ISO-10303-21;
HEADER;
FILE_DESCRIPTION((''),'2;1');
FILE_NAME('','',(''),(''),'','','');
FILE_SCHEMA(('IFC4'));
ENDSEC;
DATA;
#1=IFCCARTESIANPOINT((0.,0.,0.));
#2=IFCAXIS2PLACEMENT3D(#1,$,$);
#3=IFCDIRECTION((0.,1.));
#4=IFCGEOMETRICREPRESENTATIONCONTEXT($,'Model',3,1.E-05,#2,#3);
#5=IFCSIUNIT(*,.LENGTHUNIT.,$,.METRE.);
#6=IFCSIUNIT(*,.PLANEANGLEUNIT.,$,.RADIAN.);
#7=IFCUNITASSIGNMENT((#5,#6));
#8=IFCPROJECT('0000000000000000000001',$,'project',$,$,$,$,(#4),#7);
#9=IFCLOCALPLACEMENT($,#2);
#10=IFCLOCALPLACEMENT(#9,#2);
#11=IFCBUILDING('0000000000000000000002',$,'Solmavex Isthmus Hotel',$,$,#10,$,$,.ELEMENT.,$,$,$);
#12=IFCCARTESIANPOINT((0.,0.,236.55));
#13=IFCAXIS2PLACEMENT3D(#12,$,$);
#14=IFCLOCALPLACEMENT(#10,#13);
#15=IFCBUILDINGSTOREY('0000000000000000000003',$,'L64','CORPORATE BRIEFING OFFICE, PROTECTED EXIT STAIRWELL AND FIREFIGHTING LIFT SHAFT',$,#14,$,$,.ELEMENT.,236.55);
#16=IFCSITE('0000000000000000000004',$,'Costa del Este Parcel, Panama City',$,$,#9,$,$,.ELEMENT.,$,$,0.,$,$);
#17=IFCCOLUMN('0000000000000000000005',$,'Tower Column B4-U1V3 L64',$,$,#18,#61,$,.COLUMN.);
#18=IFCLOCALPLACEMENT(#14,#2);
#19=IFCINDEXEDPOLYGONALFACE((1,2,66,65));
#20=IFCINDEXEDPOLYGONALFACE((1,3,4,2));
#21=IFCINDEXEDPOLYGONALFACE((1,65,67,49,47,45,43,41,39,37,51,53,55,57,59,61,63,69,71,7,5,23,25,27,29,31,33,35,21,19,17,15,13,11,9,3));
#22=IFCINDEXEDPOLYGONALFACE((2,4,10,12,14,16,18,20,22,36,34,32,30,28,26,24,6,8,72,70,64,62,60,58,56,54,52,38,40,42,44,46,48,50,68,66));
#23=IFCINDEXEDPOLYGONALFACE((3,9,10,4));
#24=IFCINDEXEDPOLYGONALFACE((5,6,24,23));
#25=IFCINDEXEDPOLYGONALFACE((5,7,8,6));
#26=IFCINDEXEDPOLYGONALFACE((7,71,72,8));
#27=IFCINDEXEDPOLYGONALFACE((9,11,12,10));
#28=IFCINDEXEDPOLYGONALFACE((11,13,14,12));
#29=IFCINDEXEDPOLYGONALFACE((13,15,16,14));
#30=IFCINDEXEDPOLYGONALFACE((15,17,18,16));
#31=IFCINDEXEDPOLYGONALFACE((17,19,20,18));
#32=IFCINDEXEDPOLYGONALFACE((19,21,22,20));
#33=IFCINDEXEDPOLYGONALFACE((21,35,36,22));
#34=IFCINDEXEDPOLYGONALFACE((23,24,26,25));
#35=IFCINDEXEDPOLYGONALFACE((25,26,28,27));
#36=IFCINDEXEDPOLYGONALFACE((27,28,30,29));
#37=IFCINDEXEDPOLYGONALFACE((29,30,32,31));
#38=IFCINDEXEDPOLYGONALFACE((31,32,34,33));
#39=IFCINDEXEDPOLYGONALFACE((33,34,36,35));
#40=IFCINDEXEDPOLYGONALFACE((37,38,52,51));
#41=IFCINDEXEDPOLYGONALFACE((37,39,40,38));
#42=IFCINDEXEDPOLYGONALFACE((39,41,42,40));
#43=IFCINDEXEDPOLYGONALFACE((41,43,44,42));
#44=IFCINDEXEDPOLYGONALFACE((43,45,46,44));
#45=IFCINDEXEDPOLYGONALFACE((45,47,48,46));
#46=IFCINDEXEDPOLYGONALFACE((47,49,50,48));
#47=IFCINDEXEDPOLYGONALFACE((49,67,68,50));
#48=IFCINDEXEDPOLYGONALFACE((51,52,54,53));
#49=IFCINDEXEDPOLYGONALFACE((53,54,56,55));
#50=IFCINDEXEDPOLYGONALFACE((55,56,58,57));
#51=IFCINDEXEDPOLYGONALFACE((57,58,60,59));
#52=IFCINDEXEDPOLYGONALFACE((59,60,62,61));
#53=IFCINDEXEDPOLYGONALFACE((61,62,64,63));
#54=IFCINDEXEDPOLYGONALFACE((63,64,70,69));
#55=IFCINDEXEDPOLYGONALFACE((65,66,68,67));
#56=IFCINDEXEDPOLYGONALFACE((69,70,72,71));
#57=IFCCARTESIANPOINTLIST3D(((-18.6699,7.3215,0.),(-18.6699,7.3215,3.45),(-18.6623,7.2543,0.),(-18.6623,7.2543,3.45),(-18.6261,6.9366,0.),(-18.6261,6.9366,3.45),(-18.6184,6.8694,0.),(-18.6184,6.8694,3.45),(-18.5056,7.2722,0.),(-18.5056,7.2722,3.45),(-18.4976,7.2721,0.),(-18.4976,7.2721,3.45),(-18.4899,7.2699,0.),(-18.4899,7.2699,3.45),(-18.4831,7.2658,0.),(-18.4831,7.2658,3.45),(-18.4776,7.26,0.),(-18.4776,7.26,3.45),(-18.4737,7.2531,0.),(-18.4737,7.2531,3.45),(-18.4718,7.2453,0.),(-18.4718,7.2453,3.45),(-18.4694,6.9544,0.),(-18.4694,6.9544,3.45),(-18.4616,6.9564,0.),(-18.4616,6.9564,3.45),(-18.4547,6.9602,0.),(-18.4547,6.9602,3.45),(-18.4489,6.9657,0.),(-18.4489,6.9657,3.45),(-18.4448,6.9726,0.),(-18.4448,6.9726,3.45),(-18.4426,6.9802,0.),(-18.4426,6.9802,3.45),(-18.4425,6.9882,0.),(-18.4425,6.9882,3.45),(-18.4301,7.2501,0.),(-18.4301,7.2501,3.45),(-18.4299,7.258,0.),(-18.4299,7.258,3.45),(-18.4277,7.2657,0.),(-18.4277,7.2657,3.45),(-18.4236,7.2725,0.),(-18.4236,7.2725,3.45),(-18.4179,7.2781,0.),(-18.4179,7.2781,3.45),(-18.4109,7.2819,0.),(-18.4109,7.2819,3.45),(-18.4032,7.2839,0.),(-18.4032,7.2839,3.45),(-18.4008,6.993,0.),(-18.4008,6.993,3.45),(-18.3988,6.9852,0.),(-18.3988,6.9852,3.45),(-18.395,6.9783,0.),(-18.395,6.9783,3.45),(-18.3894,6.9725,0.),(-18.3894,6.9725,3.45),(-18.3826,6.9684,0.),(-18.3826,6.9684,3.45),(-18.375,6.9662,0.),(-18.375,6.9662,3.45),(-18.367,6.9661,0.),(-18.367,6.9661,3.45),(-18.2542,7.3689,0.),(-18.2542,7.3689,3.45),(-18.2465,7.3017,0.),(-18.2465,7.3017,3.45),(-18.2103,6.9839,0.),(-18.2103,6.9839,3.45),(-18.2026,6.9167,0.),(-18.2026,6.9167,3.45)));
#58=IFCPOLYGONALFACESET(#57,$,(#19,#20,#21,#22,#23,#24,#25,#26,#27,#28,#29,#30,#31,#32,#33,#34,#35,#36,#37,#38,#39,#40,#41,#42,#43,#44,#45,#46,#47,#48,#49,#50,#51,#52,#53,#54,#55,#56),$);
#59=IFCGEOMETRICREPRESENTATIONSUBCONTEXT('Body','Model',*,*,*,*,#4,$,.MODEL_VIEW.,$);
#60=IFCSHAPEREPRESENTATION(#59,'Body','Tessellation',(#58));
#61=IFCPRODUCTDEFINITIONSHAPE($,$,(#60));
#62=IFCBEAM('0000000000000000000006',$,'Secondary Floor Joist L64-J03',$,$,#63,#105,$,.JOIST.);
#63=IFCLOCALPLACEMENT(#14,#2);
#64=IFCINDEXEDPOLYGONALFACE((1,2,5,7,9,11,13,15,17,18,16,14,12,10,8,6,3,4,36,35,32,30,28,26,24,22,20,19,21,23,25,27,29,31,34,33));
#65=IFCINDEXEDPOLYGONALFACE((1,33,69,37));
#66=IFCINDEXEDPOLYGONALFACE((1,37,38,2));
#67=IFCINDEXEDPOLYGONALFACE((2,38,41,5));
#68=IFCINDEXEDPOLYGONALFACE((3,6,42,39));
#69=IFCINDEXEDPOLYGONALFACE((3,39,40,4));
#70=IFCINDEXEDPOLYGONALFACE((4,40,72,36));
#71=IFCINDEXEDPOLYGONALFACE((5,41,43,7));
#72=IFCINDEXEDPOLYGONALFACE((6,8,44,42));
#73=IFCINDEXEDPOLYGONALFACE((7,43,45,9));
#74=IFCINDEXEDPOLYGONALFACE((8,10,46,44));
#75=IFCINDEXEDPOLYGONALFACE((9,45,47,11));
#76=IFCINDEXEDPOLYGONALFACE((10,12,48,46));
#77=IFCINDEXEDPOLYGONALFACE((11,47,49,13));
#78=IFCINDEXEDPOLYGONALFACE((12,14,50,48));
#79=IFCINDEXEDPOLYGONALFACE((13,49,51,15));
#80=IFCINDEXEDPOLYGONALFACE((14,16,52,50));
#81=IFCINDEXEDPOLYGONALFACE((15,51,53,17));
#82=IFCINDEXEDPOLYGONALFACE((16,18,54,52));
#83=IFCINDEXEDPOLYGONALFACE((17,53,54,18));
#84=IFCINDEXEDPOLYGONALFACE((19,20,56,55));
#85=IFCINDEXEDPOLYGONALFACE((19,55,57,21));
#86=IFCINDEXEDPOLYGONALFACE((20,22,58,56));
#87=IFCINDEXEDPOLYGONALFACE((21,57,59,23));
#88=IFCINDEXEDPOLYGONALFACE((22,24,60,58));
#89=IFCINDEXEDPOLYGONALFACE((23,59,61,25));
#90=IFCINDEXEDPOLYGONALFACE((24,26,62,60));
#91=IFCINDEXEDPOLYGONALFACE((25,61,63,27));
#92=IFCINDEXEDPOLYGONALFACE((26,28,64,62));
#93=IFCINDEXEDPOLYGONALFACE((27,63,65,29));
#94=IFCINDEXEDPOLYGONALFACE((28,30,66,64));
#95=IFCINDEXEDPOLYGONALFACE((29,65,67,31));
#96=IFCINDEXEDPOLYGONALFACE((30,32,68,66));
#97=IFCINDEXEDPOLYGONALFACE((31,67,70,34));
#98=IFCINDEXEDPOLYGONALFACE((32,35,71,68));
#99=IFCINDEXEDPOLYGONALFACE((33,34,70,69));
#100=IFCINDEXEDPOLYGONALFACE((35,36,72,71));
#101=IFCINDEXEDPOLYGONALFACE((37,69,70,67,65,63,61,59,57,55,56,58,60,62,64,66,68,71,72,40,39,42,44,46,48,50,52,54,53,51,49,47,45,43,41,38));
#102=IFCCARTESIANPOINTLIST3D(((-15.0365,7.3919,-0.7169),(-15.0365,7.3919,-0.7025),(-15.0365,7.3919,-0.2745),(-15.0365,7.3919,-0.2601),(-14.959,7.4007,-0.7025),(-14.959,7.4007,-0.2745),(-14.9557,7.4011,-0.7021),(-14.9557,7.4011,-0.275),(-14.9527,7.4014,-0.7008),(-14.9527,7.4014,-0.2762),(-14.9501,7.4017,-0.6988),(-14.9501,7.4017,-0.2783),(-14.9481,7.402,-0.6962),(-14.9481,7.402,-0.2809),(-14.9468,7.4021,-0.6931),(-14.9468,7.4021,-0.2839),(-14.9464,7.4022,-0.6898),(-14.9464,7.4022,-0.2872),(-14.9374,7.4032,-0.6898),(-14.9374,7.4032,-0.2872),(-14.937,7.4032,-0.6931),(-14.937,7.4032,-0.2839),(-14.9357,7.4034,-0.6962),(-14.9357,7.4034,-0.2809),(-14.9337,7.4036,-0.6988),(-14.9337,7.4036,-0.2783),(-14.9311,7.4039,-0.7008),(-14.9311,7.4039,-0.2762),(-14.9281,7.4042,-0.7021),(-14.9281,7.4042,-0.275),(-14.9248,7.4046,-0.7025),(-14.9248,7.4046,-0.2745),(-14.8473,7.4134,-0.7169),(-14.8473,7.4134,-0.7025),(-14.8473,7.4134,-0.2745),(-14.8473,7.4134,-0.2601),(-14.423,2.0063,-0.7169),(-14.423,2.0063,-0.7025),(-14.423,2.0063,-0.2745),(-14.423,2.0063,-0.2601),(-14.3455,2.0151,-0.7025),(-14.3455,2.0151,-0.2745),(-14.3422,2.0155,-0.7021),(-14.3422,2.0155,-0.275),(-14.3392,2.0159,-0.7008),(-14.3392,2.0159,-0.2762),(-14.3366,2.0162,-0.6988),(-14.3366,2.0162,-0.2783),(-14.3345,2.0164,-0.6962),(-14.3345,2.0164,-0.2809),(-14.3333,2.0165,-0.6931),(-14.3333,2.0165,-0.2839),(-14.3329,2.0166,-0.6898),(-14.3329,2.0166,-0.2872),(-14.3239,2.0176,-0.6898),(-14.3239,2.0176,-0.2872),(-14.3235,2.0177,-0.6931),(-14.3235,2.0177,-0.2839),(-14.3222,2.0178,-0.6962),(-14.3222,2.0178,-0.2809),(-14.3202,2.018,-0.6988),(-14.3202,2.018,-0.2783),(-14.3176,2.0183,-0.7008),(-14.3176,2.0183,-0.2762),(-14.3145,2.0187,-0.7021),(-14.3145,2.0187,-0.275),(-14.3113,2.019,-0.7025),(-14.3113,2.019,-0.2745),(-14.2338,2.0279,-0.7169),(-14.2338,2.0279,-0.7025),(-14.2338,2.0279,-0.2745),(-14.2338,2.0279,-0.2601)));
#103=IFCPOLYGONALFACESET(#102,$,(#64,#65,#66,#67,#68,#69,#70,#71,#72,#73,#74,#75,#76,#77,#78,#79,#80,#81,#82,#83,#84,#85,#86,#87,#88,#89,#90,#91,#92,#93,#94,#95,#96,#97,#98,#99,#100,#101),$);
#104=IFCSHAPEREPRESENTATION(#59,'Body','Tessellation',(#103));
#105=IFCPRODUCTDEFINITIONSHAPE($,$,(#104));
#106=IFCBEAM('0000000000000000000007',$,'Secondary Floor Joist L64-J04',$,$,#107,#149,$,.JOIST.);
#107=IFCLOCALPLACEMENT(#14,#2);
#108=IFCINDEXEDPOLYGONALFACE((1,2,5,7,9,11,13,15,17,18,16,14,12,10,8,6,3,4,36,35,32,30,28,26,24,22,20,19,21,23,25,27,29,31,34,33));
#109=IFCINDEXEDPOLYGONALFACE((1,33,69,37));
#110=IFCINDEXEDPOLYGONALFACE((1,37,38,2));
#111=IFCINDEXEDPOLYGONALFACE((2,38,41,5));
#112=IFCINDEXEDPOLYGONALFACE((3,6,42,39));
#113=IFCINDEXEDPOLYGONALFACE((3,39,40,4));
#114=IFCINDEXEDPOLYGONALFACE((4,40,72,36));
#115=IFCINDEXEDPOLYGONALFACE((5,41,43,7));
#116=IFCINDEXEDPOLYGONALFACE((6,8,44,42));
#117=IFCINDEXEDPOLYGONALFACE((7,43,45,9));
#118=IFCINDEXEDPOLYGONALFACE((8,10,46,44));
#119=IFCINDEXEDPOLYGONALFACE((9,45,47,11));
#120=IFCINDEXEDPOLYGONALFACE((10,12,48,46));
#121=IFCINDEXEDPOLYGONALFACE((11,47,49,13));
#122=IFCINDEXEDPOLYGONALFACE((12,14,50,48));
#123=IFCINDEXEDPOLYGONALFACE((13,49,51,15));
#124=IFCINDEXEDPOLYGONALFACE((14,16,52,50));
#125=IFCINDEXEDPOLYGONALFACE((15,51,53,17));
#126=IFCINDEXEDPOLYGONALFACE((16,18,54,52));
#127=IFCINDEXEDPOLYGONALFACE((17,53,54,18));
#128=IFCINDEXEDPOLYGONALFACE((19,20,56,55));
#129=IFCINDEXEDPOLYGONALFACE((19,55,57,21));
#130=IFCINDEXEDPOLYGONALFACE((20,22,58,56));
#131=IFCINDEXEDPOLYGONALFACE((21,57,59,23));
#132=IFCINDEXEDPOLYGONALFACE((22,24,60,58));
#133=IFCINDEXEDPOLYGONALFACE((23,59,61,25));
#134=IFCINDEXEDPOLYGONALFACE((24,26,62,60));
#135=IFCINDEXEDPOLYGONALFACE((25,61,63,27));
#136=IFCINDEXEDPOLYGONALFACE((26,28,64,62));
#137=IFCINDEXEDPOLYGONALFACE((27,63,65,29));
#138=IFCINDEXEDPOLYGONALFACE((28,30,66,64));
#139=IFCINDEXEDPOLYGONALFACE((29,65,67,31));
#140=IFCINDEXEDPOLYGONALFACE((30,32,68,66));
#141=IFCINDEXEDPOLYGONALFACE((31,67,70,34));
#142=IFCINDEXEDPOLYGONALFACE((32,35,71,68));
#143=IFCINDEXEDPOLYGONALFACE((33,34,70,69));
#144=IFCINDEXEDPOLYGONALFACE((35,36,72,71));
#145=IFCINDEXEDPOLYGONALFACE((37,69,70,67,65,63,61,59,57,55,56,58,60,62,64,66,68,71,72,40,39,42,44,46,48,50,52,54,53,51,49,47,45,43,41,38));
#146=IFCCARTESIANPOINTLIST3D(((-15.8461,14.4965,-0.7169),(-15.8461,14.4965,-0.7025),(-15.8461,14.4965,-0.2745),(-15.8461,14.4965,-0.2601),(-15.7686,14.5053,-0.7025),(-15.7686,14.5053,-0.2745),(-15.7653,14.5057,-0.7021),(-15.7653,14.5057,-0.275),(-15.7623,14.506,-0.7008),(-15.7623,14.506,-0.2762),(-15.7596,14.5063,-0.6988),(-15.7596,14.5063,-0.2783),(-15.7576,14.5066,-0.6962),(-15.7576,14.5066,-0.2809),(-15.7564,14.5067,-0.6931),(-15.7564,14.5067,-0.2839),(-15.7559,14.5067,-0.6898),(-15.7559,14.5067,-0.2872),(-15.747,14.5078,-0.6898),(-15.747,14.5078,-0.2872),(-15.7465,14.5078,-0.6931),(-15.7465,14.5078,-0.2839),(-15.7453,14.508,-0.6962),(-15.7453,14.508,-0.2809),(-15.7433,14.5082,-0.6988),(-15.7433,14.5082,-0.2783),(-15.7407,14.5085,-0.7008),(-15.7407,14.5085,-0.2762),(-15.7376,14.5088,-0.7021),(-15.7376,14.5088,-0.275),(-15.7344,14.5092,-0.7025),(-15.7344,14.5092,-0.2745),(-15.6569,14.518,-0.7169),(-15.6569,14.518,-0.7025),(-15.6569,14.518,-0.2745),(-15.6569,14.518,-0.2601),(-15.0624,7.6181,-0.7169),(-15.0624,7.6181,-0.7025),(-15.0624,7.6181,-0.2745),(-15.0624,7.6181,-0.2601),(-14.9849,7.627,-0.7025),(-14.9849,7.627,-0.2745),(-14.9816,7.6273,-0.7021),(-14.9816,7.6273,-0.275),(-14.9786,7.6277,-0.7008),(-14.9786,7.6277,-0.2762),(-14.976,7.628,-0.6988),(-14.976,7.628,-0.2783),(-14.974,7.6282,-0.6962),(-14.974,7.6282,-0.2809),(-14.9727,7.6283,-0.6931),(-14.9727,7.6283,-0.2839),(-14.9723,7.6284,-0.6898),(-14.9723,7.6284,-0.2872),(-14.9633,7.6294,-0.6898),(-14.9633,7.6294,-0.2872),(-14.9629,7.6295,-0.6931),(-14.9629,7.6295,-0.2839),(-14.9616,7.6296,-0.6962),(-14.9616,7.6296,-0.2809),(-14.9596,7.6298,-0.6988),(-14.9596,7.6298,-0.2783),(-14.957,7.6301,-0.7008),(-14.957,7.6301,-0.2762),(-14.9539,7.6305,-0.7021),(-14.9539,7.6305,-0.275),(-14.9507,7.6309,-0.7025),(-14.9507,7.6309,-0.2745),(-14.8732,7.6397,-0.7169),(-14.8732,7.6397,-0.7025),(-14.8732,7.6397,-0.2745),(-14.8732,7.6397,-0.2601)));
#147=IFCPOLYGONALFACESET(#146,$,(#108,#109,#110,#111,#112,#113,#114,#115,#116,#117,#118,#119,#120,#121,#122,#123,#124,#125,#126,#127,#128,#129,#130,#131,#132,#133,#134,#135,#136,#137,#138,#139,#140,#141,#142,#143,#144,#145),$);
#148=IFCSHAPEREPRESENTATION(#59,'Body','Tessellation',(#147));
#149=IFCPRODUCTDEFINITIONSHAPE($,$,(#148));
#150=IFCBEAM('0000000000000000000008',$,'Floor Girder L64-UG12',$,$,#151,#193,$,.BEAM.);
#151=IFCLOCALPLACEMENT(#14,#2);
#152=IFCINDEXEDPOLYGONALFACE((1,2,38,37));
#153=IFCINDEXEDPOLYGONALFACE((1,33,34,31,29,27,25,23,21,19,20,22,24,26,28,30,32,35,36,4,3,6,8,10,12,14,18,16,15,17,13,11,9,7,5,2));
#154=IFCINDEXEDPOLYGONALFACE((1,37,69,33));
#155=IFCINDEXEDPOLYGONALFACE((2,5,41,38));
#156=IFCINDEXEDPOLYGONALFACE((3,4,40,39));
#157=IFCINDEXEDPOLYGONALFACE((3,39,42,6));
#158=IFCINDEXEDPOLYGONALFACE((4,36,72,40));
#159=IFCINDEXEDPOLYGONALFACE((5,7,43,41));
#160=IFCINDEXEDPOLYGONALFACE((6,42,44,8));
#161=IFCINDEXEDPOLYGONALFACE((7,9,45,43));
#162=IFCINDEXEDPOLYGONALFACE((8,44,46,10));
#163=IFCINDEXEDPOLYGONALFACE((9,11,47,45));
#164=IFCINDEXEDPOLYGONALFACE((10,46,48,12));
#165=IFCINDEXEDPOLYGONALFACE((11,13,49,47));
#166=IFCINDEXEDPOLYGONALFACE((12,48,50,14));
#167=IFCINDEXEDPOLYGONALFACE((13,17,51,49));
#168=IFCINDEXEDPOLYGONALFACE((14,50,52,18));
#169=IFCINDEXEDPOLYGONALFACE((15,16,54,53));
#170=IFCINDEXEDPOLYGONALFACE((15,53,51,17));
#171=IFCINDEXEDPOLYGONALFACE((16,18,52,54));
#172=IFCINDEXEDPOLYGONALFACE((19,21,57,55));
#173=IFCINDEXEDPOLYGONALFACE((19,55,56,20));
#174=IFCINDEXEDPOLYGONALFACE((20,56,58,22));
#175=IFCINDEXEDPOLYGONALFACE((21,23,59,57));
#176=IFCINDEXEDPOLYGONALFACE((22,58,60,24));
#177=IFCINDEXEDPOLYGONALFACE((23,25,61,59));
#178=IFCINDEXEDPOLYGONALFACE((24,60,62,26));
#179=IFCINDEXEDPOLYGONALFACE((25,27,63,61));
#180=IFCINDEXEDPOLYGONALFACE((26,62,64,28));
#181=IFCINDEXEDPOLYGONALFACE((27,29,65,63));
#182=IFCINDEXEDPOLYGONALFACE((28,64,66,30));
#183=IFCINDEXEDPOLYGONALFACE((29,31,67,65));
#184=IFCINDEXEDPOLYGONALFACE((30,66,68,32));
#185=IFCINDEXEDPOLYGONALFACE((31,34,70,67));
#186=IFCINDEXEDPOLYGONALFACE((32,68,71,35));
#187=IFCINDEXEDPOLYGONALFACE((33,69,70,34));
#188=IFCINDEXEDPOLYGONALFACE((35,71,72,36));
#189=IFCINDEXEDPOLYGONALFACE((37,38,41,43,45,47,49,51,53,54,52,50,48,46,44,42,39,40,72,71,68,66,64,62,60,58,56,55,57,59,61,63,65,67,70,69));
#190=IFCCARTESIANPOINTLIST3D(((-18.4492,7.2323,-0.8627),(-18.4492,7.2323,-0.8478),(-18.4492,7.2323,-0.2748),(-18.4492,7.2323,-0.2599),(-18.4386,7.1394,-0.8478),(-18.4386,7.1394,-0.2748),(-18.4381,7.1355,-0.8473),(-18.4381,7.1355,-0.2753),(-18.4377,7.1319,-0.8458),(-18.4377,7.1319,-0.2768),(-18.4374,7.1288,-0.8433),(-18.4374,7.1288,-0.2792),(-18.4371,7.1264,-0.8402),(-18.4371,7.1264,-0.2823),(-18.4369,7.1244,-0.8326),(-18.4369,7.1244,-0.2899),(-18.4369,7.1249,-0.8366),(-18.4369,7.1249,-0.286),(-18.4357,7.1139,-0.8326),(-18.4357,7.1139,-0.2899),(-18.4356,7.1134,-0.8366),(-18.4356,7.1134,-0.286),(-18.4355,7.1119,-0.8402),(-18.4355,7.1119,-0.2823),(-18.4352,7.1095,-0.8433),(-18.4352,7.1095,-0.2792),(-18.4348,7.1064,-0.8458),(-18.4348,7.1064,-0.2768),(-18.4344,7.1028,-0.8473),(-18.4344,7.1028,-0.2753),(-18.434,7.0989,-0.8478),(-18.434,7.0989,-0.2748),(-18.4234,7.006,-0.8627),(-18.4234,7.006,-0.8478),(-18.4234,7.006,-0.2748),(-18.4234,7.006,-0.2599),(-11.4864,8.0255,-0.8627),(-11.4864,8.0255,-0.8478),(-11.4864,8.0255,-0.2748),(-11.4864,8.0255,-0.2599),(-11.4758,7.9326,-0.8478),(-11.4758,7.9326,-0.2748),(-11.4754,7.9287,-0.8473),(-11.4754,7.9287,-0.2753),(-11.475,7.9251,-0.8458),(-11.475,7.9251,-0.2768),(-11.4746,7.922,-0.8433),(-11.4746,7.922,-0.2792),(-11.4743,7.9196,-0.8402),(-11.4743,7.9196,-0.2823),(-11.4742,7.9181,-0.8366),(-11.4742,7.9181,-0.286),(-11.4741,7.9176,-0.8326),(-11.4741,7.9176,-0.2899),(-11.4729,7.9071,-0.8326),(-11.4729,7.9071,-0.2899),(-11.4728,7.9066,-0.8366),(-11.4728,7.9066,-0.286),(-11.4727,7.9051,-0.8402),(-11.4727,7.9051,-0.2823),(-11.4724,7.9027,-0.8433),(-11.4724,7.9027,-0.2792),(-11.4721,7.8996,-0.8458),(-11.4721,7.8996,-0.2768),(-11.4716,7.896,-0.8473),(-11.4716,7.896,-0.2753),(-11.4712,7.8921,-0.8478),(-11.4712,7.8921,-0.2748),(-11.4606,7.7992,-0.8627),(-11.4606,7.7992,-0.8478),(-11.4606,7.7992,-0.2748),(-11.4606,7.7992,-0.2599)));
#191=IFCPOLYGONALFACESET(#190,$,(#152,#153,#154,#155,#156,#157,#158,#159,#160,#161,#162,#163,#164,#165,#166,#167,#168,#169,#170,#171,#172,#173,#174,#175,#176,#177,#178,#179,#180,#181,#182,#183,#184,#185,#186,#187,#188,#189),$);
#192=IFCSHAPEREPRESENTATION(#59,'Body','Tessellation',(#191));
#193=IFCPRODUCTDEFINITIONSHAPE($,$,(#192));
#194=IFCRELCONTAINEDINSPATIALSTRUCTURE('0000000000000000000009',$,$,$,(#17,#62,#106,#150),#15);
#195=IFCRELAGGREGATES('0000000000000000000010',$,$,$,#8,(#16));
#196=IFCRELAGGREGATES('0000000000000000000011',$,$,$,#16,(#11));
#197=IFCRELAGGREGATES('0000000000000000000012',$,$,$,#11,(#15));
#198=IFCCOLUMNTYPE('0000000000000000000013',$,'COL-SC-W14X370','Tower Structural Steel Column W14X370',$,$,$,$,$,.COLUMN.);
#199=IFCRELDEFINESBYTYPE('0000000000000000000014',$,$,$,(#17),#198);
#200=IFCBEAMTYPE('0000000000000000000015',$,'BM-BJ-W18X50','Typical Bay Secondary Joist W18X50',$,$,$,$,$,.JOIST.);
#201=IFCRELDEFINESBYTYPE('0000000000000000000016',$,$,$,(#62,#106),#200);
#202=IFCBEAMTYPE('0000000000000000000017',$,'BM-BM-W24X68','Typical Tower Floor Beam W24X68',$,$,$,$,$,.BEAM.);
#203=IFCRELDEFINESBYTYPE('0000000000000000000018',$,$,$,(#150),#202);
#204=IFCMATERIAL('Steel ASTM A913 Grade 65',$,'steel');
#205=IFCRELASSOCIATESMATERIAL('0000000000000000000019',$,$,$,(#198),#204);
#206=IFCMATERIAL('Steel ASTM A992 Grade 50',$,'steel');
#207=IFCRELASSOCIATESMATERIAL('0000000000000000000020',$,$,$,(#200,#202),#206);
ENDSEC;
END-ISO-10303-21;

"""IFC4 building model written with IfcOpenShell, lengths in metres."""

from ifc_helpers import new_model, si_unit, direction, frame, origin, origin_2d, place, context, subcontext, project, spatial, i_section, extrude, material, material_profile, profile_set, type_object, element, save


model = new_model("IFC4")

# Units and contexts
model_context = context("Model", 3, precision=1e-05, world=origin(), true_north=direction((0.0, 1.0)))
body_context = subcontext(model_context, "Body", "Model", "MODEL_VIEW")
ifc_project = project(units=[si_unit("LENGTHUNIT", "METRE"), si_unit("PLANEANGLEUNIT", "RADIAN")], contexts=[model_context])

# Site, building, storey
site_placement = place(None, origin())
site = spatial("IfcSite", under=ifc_project, at=site_placement, Name="Costa del Este Parcel, Panama City", CompositionType="ELEMENT", RefElevation=0.0)
building_placement = place(site_placement, origin())
building = spatial("IfcBuilding", under=site, at=building_placement, Name="Solmavex Isthmus Hotel", CompositionType="ELEMENT")
storey_placement = place(building_placement, frame((0.0, 0.0, 236.55)))
storey = spatial("IfcBuildingStorey", under=building, at=storey_placement, Name="L64", Description="CORPORATE BRIEFING OFFICE, PROTECTED EXIT STAIRWELL AND FIREFIGHTING LIFT SHAFT", CompositionType="ELEMENT", Elevation=236.55)

# Column
ifc_material_1 = material(Name="Steel ASTM A913 Grade 65", Category="steel")
ifc_material_profile_1 = material_profile(ifc_material_1, i_section(OverallWidth=0.4185, OverallDepth=0.4551, WebThickness=0.042, FlangeThickness=0.0676, FilletRadius=0.0305, at=origin_2d()), Name="W14X370")
ifc_profile_set_1 = profile_set([ifc_material_profile_1], Name="Steel ASTM A913 Grade 65")
column_type = type_object("IfcColumnType", Name="COL-SC-W14X370", Description="Tower Structural Steel Column W14X370", PredefinedType="COLUMN", material=ifc_profile_set_1)
column_placement = place(storey_placement, frame((-18.4363, 7.1191, 0.0), z_axis=(0.0, 0.0, 1.0), x_axis=(0.993572, 0.113203, 0.0)))
element("IfcColumn", 1, at=column_placement, inside=storey, type_object=column_type, Name="Tower Column B4-U1V3 L64", PredefinedType="COLUMN", context=body_context, shape_type="SweptSolid", body=[
    extrude(i_section(OverallWidth=0.4185, OverallDepth=0.4551, WebThickness=0.042, FlangeThickness=0.0676, FilletRadius=0.0305, at=origin_2d()), origin(), (0.0, 0.0, 1.0), 3.45),
])

# Beams
ifc_material_2 = material(Name="Steel ASTM A992 Grade 50", Category="steel")
ifc_material_profile_2 = material_profile(ifc_material_2, i_section(OverallWidth=0.1904, OverallDepth=0.4568, WebThickness=0.009, FlangeThickness=0.0144, FilletRadius=0.0127, at=origin_2d()), Name="W18X50")
ifc_profile_set_2 = profile_set([ifc_material_profile_2], Name="Steel ASTM A992 Grade 50")
beam_type_1 = type_object("IfcBeamType", Name="BM-BJ-W18X50", Description="Typical Bay Secondary Joist W18X50", PredefinedType="JOIST", material=ifc_profile_set_2)
beam_1_placement = place(storey_placement, frame((-14.3284, 2.0171, -0.4885), z_axis=(-0.11319, 0.993573, 0.0), x_axis=(-0.993573, -0.11319, 0.0)))
element("IfcBeam", 2, at=beam_1_placement, inside=storey, type_object=beam_type_1, Name="Secondary Floor Joist L64-J03", PredefinedType="JOIST", context=body_context, shape_type="SweptSolid", body=[
    extrude(i_section(OverallWidth=0.1904, OverallDepth=0.4568, WebThickness=0.009, FlangeThickness=0.0144, FilletRadius=0.0127, at=origin_2d()), origin(), (0.0, 0.0, 1.0), 5.4204),
])
beam_2_placement = place(storey_placement, frame((-14.9678, 7.6289, -0.4885), z_axis=(-0.113202, 0.993572, 0.0), x_axis=(-0.993572, -0.113202, 0.0)))
element("IfcBeam", 3, at=beam_2_placement, inside=storey, type_object=beam_type_1, Name="Secondary Floor Joist L64-J04", PredefinedType="JOIST", context=body_context, shape_type="SweptSolid", body=[
    extrude(i_section(OverallWidth=0.1904, OverallDepth=0.4568, WebThickness=0.009, FlangeThickness=0.0144, FilletRadius=0.0127, at=origin_2d()), origin(), (0.0, 0.0, 1.0), 6.9229),
])
ifc_material_profile_3 = material_profile(ifc_material_2, i_section(OverallWidth=0.2278, OverallDepth=0.6028, WebThickness=0.0105, FlangeThickness=0.0149, FilletRadius=0.0151, at=origin_2d()), Name="W24X68")
ifc_profile_set_3 = profile_set([ifc_material_profile_3], Name="Steel ASTM A992 Grade 50")
beam_type_2 = type_object("IfcBeamType", Name="BM-BM-W24X68", Description="Typical Tower Floor Beam W24X68", PredefinedType="BEAM", material=ifc_profile_set_3)
beam_3_placement = place(storey_placement, frame((-18.4363, 7.1191, -0.5613), z_axis=(0.993574, 0.113188, 0.0), x_axis=(-0.113188, 0.993574, 0.0)))
element("IfcBeam", 4, at=beam_3_placement, inside=storey, type_object=beam_type_2, Name="Floor Girder L64-UG12", PredefinedType="BEAM", context=body_context, shape_type="SweptSolid", body=[
    extrude(i_section(OverallWidth=0.2278, OverallDepth=0.6028, WebThickness=0.0105, FlangeThickness=0.0149, FilletRadius=0.0151, at=origin_2d()), origin(), (0.0, 0.0, 1.0), 7.0078),
])

save(model, "model.ifc")
